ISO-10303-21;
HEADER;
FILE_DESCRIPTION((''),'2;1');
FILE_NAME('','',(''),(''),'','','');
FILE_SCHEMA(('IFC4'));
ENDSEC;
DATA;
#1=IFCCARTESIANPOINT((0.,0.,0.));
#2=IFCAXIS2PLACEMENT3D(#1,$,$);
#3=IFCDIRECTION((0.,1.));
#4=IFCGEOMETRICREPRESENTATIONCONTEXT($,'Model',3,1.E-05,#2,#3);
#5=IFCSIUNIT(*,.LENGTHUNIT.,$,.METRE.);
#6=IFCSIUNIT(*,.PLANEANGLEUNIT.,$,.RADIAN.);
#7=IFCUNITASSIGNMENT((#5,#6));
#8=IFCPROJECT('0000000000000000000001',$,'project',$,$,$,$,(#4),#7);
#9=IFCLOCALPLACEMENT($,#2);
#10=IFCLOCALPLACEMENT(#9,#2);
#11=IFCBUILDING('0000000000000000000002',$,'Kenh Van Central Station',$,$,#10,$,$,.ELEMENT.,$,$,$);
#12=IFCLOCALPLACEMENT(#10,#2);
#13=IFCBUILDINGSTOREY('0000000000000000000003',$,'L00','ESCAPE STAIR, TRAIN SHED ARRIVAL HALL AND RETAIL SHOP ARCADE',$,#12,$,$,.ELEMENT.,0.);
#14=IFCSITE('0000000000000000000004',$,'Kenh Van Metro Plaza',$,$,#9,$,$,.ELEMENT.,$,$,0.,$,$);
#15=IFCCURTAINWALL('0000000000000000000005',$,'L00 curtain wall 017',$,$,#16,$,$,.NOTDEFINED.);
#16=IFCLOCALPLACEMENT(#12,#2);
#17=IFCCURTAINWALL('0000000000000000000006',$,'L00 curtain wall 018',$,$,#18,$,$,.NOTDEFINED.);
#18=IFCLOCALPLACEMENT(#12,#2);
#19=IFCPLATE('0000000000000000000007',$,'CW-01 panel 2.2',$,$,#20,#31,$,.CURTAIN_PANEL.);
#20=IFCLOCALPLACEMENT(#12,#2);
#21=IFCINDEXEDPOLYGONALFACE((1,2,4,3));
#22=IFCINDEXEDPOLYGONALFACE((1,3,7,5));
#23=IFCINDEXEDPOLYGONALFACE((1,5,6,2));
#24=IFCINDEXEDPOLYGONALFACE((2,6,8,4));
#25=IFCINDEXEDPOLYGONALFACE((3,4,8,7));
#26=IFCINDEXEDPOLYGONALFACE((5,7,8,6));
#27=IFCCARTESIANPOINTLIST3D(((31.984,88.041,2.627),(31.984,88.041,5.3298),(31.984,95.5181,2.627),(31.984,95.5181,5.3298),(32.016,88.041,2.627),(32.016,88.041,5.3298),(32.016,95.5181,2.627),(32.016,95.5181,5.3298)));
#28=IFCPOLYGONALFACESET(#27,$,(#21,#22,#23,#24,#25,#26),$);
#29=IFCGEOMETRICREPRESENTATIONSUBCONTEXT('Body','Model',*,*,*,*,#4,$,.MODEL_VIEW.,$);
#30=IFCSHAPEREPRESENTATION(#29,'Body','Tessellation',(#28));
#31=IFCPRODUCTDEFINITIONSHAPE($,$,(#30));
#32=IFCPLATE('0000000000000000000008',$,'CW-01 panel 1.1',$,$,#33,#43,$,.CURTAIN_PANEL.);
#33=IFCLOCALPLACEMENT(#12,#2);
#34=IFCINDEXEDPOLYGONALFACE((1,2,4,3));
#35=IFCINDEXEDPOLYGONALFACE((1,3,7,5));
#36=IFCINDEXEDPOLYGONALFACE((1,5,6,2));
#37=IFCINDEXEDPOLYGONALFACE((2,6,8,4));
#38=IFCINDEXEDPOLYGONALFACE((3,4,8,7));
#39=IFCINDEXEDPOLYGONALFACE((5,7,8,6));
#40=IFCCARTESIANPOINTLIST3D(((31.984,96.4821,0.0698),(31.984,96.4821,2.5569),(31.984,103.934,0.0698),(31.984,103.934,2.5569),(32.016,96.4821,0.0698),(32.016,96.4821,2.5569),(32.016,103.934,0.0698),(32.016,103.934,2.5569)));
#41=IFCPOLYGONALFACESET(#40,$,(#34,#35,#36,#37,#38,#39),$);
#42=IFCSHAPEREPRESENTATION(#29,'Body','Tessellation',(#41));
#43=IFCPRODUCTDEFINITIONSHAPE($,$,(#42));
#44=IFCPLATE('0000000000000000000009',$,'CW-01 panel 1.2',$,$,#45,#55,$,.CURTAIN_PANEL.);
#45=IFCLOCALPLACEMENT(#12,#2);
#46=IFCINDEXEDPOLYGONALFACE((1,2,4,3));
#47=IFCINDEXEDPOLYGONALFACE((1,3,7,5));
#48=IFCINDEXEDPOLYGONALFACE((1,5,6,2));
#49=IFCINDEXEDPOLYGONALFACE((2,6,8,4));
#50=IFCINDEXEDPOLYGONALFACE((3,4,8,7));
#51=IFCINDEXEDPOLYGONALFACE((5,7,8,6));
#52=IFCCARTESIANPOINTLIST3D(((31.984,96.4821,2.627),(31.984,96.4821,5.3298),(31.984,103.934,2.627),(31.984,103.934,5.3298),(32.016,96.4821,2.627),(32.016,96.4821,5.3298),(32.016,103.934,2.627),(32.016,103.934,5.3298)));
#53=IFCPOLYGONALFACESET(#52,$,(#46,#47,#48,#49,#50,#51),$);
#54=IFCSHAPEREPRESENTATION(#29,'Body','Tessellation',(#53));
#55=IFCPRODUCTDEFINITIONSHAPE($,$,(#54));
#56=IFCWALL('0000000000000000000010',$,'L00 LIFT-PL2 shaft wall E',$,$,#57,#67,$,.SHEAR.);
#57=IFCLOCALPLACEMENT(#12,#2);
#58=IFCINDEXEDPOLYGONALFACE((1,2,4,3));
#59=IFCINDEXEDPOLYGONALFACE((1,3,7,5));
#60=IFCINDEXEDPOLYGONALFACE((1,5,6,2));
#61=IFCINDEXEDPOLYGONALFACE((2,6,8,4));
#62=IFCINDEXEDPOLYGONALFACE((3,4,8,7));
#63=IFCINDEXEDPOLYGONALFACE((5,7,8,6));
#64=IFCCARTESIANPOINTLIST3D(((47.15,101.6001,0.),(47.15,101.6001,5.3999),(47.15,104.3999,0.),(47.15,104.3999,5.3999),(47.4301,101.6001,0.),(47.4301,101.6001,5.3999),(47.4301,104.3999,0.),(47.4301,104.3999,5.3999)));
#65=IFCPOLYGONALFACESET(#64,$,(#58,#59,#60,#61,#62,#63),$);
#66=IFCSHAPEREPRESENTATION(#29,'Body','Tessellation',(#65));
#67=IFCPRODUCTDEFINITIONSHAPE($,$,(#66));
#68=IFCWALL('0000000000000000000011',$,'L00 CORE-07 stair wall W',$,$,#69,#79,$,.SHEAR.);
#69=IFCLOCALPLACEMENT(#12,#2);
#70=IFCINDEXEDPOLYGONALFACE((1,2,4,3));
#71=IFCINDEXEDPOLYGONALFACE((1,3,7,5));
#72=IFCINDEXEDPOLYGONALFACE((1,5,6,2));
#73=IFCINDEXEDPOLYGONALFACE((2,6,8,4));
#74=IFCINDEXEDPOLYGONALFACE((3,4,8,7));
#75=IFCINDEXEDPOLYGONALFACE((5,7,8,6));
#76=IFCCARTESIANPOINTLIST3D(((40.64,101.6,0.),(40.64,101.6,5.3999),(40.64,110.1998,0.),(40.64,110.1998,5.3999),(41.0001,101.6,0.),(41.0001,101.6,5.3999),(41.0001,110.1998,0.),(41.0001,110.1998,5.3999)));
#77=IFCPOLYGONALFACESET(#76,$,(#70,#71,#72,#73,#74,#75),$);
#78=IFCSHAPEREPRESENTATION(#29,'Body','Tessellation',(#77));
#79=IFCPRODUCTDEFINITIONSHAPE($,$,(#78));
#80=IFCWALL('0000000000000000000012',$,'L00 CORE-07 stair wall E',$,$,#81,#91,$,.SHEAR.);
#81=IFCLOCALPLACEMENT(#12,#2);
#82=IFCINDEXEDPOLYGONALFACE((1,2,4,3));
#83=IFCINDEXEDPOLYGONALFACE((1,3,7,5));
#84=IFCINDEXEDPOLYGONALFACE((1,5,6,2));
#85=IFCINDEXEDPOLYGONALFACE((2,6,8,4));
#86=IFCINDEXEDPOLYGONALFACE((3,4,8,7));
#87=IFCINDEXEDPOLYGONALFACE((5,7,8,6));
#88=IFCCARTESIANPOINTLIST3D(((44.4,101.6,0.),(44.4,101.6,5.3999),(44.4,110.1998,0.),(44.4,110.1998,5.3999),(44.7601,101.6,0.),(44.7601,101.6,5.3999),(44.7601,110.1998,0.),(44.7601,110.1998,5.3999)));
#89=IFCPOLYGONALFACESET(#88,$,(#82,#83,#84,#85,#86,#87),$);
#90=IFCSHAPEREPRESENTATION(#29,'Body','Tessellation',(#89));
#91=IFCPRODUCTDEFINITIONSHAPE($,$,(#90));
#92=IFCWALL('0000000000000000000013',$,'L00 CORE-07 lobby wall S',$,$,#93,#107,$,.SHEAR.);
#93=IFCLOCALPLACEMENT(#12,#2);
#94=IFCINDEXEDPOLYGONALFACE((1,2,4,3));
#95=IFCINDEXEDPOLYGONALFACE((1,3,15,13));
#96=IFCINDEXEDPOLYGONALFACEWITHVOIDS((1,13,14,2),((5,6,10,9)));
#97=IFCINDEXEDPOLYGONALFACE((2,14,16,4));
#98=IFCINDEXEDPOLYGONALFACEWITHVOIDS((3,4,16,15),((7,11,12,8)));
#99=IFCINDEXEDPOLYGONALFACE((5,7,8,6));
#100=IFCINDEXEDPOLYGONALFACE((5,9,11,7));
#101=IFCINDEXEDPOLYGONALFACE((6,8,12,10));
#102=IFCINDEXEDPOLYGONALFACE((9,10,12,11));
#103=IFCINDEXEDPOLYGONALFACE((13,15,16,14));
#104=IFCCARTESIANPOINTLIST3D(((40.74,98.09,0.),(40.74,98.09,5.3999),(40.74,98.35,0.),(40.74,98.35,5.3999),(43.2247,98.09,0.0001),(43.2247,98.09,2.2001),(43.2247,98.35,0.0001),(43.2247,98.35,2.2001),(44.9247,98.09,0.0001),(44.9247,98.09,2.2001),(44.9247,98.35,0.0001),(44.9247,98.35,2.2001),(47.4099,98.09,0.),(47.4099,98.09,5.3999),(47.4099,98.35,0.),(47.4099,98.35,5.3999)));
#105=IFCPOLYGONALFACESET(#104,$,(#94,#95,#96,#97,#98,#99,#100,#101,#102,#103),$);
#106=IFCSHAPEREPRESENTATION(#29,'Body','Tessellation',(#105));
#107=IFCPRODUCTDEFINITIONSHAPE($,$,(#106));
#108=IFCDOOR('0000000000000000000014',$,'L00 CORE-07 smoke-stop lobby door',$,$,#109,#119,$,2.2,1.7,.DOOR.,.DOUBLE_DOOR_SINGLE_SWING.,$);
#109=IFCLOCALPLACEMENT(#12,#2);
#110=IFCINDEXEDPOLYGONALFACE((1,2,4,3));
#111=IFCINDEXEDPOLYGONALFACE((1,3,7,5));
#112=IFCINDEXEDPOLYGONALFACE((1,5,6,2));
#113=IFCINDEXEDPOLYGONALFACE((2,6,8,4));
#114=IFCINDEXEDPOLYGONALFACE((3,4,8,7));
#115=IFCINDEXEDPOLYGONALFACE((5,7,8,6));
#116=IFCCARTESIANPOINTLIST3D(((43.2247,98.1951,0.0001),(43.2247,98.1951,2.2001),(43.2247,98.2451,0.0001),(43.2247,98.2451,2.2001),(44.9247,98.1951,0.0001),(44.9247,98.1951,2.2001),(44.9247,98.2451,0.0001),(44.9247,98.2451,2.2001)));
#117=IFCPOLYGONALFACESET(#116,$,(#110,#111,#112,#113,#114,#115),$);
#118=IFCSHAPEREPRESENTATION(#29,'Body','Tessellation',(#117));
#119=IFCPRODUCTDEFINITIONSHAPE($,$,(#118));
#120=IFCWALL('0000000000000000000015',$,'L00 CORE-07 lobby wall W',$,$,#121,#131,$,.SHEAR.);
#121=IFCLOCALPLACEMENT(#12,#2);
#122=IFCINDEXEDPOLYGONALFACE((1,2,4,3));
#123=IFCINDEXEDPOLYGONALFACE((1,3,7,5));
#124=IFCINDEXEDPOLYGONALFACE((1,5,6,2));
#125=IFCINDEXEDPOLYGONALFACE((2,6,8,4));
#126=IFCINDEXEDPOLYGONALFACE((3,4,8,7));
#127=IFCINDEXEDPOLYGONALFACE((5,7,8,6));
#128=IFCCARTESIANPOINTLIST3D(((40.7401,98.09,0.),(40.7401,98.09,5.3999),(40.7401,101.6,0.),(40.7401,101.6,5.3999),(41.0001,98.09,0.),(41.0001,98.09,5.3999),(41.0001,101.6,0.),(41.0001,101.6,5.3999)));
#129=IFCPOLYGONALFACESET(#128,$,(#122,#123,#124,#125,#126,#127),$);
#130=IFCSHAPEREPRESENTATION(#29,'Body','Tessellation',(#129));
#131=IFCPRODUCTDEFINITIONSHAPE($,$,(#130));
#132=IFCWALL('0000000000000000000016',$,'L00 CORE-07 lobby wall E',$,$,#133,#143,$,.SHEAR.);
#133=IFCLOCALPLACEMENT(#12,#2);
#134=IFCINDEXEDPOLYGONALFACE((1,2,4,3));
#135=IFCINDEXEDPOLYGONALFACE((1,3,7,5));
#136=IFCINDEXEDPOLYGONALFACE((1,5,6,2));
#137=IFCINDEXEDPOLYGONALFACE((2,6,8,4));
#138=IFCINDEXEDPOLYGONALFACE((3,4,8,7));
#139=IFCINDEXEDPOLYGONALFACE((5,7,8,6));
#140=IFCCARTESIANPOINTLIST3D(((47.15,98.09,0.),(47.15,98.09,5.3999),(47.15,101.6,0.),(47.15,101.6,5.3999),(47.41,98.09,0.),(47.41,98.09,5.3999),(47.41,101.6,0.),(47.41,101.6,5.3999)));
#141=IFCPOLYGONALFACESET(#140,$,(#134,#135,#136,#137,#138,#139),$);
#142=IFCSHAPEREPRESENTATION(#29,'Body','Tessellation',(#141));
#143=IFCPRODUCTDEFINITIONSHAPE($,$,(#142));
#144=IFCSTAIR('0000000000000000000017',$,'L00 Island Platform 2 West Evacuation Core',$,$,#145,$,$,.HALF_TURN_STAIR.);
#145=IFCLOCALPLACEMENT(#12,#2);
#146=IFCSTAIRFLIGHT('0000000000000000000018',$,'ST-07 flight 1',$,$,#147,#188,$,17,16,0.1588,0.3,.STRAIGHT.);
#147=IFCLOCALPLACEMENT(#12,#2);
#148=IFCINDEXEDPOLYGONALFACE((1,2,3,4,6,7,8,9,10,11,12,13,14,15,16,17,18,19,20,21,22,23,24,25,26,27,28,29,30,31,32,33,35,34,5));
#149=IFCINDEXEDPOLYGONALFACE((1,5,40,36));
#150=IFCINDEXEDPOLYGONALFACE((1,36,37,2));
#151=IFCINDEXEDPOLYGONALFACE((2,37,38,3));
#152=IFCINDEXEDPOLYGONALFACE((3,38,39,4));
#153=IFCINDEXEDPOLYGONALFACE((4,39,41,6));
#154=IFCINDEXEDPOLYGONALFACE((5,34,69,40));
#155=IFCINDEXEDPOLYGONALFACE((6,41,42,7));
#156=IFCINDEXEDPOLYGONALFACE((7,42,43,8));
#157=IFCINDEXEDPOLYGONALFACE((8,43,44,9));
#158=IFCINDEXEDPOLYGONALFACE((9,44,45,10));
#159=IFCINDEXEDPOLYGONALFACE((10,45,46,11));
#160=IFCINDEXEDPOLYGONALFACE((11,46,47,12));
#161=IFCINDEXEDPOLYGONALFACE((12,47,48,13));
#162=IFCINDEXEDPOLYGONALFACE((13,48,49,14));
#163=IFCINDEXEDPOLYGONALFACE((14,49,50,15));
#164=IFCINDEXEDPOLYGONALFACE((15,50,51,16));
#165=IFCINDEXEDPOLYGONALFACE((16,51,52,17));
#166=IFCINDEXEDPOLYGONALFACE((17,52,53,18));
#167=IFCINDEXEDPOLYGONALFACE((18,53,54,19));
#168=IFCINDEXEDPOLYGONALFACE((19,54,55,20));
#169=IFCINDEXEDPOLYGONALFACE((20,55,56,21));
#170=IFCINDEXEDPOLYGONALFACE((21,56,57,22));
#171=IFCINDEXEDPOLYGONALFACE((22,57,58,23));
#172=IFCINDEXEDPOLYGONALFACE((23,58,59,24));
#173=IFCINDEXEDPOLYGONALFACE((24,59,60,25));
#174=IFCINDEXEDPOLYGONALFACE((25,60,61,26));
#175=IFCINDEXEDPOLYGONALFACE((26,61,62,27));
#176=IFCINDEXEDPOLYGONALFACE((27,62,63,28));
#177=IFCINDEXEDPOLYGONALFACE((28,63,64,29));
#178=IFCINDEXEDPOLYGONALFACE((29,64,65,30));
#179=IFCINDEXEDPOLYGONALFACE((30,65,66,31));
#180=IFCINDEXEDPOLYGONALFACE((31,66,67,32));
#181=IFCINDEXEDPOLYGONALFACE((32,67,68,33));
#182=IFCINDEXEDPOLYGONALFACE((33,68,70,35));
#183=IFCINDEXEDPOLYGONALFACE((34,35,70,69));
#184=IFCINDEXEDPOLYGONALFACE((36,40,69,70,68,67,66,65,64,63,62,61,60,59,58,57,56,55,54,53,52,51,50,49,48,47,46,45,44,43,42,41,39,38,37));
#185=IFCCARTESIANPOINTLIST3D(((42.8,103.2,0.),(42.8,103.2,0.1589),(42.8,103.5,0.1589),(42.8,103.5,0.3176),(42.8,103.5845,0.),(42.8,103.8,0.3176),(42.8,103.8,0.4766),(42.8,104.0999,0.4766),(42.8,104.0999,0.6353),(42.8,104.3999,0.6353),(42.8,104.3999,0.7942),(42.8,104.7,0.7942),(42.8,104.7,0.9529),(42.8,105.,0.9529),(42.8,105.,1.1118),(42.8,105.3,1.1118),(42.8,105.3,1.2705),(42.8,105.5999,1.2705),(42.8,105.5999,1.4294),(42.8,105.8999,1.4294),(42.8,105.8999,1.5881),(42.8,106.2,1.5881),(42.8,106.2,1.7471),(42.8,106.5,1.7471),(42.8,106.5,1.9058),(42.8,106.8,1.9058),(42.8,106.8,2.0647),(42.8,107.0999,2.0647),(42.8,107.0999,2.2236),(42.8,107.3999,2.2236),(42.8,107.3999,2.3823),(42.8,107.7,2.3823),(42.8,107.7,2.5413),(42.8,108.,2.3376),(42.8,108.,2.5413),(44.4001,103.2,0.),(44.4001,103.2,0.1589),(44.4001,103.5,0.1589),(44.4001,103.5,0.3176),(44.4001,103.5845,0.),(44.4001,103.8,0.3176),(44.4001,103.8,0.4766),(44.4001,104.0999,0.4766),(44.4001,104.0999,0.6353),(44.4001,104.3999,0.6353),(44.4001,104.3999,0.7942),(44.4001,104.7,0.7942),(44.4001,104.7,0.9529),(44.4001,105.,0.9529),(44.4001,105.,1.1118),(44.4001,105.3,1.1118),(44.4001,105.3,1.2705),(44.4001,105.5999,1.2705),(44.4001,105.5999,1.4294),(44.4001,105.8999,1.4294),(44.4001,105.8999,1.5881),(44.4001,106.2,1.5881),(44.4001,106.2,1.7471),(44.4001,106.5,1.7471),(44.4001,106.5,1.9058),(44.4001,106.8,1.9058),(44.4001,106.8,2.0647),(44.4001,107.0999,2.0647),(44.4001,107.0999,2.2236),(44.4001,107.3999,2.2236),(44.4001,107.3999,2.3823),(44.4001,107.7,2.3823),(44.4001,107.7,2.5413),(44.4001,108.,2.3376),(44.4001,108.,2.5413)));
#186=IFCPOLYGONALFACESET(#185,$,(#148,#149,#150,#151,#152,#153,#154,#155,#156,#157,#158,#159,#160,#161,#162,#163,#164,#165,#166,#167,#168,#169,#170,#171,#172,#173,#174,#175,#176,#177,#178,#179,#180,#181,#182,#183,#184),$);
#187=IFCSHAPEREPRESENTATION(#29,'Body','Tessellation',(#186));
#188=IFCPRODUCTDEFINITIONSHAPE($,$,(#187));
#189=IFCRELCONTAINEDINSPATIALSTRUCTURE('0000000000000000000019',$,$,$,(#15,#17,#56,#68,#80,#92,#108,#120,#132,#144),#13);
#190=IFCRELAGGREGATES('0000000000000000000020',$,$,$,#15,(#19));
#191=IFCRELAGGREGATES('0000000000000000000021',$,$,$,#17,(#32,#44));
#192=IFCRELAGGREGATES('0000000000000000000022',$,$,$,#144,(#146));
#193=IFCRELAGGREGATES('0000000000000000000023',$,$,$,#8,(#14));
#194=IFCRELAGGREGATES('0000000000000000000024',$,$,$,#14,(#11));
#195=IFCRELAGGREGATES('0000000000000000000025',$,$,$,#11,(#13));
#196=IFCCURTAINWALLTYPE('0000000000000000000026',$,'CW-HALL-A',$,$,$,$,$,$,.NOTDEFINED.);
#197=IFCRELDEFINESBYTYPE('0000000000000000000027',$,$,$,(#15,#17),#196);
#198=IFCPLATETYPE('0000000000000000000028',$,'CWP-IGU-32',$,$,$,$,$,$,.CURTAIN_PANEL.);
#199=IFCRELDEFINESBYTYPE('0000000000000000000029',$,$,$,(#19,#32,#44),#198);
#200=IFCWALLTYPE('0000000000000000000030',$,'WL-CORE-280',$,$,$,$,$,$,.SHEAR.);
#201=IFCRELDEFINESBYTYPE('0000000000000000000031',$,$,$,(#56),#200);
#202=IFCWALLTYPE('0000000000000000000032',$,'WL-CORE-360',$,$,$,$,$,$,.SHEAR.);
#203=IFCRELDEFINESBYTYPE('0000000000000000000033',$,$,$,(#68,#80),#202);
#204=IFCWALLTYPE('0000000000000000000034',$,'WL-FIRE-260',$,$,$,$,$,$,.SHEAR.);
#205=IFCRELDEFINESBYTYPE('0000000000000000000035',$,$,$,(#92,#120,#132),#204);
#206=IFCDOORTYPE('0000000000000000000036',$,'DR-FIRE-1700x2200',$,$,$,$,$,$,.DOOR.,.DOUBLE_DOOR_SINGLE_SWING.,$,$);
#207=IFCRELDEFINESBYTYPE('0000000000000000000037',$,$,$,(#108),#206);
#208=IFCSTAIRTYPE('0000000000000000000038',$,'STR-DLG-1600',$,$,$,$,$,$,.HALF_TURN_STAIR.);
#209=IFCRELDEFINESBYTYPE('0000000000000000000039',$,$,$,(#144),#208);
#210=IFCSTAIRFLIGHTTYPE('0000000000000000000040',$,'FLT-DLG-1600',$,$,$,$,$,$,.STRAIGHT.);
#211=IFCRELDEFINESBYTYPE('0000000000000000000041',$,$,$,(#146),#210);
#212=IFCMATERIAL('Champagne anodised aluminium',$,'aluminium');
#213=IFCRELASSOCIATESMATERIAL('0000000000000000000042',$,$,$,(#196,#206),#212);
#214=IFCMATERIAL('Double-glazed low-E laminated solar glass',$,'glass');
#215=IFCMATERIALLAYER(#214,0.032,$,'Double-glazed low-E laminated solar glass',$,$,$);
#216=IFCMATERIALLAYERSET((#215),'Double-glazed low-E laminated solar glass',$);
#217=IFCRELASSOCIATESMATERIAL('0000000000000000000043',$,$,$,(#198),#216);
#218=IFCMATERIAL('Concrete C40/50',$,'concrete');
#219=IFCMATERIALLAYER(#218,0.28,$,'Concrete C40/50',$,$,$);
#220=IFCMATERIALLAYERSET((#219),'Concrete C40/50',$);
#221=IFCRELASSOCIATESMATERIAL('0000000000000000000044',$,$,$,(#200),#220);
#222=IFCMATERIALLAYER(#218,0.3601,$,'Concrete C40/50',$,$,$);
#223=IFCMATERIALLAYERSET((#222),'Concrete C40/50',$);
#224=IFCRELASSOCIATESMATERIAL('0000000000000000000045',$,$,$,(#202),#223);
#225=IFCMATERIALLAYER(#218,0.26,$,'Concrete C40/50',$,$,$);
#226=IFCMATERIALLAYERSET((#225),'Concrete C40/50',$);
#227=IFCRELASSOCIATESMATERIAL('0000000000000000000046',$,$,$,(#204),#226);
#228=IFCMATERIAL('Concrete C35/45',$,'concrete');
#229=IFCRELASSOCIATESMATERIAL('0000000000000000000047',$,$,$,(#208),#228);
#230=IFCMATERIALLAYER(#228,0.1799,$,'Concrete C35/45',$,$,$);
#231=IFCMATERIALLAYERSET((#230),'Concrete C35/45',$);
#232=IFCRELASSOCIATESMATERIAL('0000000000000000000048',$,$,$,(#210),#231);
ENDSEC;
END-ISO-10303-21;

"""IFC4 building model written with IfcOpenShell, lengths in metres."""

from ifc_helpers import new_model, si_unit, direction, frame, frame_2d, origin, origin_2d, place, context, subcontext, project, spatial, polyline, rectangle, outline, extrude, material, layer, layer_set, type_object, element, fill, aggregate, save


model = new_model("IFC4")

# Units and contexts
model_context = context("Model", 3, precision=1e-05, world=origin(), true_north=direction((0.0, 1.0)))
body_context = subcontext(model_context, "Body", "Model", "MODEL_VIEW")
ifc_project = project(units=[si_unit("LENGTHUNIT", "METRE"), si_unit("PLANEANGLEUNIT", "RADIAN")], contexts=[model_context])

# Site, building, storey
site_placement = place(None, origin())
site = spatial("IfcSite", under=ifc_project, at=site_placement, Name="Kenh Van Metro Plaza", CompositionType="ELEMENT", RefElevation=0.0)
building_placement = place(site_placement, origin())
building = spatial("IfcBuilding", under=site, at=building_placement, Name="Kenh Van Central Station", CompositionType="ELEMENT")
storey_placement = place(building_placement, origin())
storey = spatial("IfcBuildingStorey", under=building, at=storey_placement, Name="L00", Description="ESCAPE STAIR, TRAIN SHED ARRIVAL HALL AND RETAIL SHOP ARCADE", CompositionType="ELEMENT", Elevation=0.0)

# Shared definitions
ifc_material_1 = material(Name="Concrete C40/50", Category="concrete")

# Curtain wall
ifc_material_2 = material(Name="Champagne anodised aluminium", Category="aluminium")
curtain_wall_type = type_object("IfcCurtainWallType", Name="CW-HALL-A", PredefinedType="NOTDEFINED", material=ifc_material_2)
curtain_wall_1_placement = place(storey_placement, origin())
curtain_wall_1 = element("IfcCurtainWall", 1, at=curtain_wall_1_placement, inside=storey, type_object=curtain_wall_type, Name="L00 curtain wall 017", PredefinedType="NOTDEFINED")

# Curtain wall
curtain_wall_2_placement = place(storey_placement, origin())
curtain_wall_2 = element("IfcCurtainWall", 2, at=curtain_wall_2_placement, inside=storey, type_object=curtain_wall_type, Name="L00 curtain wall 018", PredefinedType="NOTDEFINED")

# Plates
ifc_material_3 = material(Name="Double-glazed low-E laminated solar glass", Category="glass")
ifc_layer_1 = layer(ifc_material_3, 0.032, Name="Double-glazed low-E laminated solar glass")
ifc_layer_set_1 = layer_set([ifc_layer_1], Name="Double-glazed low-E laminated solar glass")
plate_type = type_object("IfcPlateType", Name="CWP-IGU-32", PredefinedType="CURTAIN_PANEL", material=ifc_layer_set_1)
plate_1_placement = place(storey_placement, frame((32.0, 91.7795, 2.627), z_axis=(0.0, 0.0, 1.0), x_axis=(0.0, 1.0, 0.0)))
plate_1 = element("IfcPlate", 3, at=plate_1_placement, type_object=plate_type, Name="CW-01 panel 2.2", PredefinedType="CURTAIN_PANEL", context=body_context, shape_type="SweptSolid", body=[
    extrude(rectangle(XDim=7.4771, YDim=0.032, at=origin_2d()), origin(), (0.0, 0.0, 1.0), 2.7029),
])
aggregate(curtain_wall_1, [plate_1])
plate_2_placement = place(storey_placement, frame((32.0, 100.208, 0.0698), z_axis=(0.0, 0.0, 1.0), x_axis=(0.0, 1.0, 0.0)))
plate_2 = element("IfcPlate", 4, at=plate_2_placement, type_object=plate_type, Name="CW-01 panel 1.1", PredefinedType="CURTAIN_PANEL", context=body_context, shape_type="SweptSolid", body=[
    extrude(rectangle(XDim=7.4519, YDim=0.032, at=origin_2d()), origin(), (0.0, 0.0, 1.0), 2.4871),
])
plate_3_placement = place(storey_placement, frame((32.0, 100.208, 2.627), z_axis=(0.0, 0.0, 1.0), x_axis=(0.0, 1.0, 0.0)))
plate_3 = element("IfcPlate", 5, at=plate_3_placement, type_object=plate_type, Name="CW-01 panel 1.2", PredefinedType="CURTAIN_PANEL", context=body_context, shape_type="SweptSolid", body=[
    extrude(rectangle(XDim=7.4519, YDim=0.032, at=origin_2d()), origin(), (0.0, 0.0, 1.0), 2.7029),
])
aggregate(curtain_wall_2, [plate_2, plate_3])

# Shared definitions
ifc_layer_2 = layer(ifc_material_1, 0.28, Name="Concrete C40/50")
ifc_layer_set_2 = layer_set([ifc_layer_2], Name="Concrete C40/50")
wall_type_1 = type_object("IfcWallType", Name="WL-CORE-280", PredefinedType="SHEAR", material=ifc_layer_set_2)

# Wall
wall_1_placement = place(storey_placement, frame((47.29, 101.6001, 0.0), z_axis=(0.0, 0.0, 1.0), x_axis=(0.0, 1.0, 0.0)))
element("IfcWall", 6, at=wall_1_placement, inside=storey, type_object=wall_type_1, Name="L00 LIFT-PL2 shaft wall E", PredefinedType="SHEAR", context=body_context, shape_type="SweptSolid", body=[
    extrude(rectangle(XDim=2.7998, YDim=0.28, at=frame_2d((1.3999, 0.0))), origin(), (0.0, 0.0, 1.0), 5.3999),
])

# Shared definitions
ifc_layer_3 = layer(ifc_material_1, 0.3601, Name="Concrete C40/50")
ifc_layer_set_3 = layer_set([ifc_layer_3], Name="Concrete C40/50")
wall_type_2 = type_object("IfcWallType", Name="WL-CORE-360", PredefinedType="SHEAR", material=ifc_layer_set_3)

# Walls
for number, where, z_axis, x_axis, name in (
    (7, (40.8201, 101.6001, 0.0), (0.0, 0.0, 1.0), (0.0, 1.0, 0.0), "L00 CORE-07 stair wall W"),
    (8, (44.5801, 101.6001, 0.0), (0.0, 0.0, 1.0), (0.0, 1.0, 0.0), "L00 CORE-07 stair wall E"),
):
    element("IfcWall", number, at=place(storey_placement, frame(where, z_axis=z_axis, x_axis=x_axis)), inside=storey, type_object=wall_type_2, Name=name, PredefinedType="SHEAR", context=body_context, shape_type="SweptSolid", body=[
        extrude(rectangle(XDim=8.5999, YDim=0.3601, at=frame_2d((4.2998, 0.0))), origin(), (0.0, 0.0, 1.0), 5.3999),
    ])

# Wall, opening, door
ifc_layer_4 = layer(ifc_material_1, 0.26, Name="Concrete C40/50")
ifc_layer_set_4 = layer_set([ifc_layer_4], Name="Concrete C40/50")
wall_type_3 = type_object("IfcWallType", Name="WL-FIRE-260", PredefinedType="SHEAR", material=ifc_layer_set_4)
wall_2_placement = place(storey_placement, frame((47.4099, 98.22, 0.0), z_axis=(0.0, 0.0, 1.0), x_axis=(-1.0, 0.0, 0.0)))
wall_2 = element("IfcWall", 9, at=wall_2_placement, inside=storey, type_object=wall_type_3, Name="L00 CORE-07 lobby wall S", PredefinedType="SHEAR", context=body_context, shape_type="SweptSolid", body=[
    extrude(rectangle(XDim=6.6699, YDim=0.26, at=frame_2d((3.335, 0.0))), origin(), (0.0, 0.0, 1.0), 5.3999),
])
opening_1_placement = place(wall_2_placement, frame((2.4851, 0.0, 0.0)))
opening_1 = element("IfcOpeningElement", 10, at=opening_1_placement, cuts=wall_2, PredefinedType="OPENING", context=body_context, shape_type="SweptSolid", body=[
    extrude(rectangle(XDim=1.7, YDim=2.2, at=frame_2d((0.8501, 1.1001))), frame((0.0, 0.1399, 0.0), z_axis=(0.0, -1.0, 0.0), x_axis=(1.0, 0.0, 0.0)), (0.0, 0.0, 1.0), 0.28),
])
door_type_1 = type_object("IfcDoorType", Name="DR-FIRE-1700x2200", OperationType="DOUBLE_DOOR_SINGLE_SWING", PredefinedType="DOOR", material=ifc_material_2)
door_1_placement = place(opening_1_placement, origin())
door_1 = element("IfcDoor", 11, at=door_1_placement, inside=storey, type_object=door_type_1, Name="L00 CORE-07 smoke-stop lobby door", OperationType="DOUBLE_DOOR_SINGLE_SWING", OverallHeight=2.2, OverallWidth=1.7, PredefinedType="DOOR", context=body_context, shape_type="SweptSolid", body=[
    extrude(rectangle(XDim=1.7, YDim=2.2, at=frame_2d((0.8501, 1.1001))), frame((0.0, 0.0249, 0.0), z_axis=(0.0, -1.0, 0.0), x_axis=(1.0, 0.0, 0.0)), (0.0, 0.0, 1.0), 0.05),
])
fill(opening_1, door_1)

# Walls
for number, where, z_axis, x_axis, name in (
    (12, (40.8701, 98.0901, 0.0), (0.0, 0.0, 1.0), (0.0, 1.0, 0.0), "L00 CORE-07 lobby wall W"),
    (13, (47.28, 98.0901, 0.0), (0.0, 0.0, 1.0), (0.0, 1.0, 0.0), "L00 CORE-07 lobby wall E"),
):
    element("IfcWall", number, at=place(storey_placement, frame(where, z_axis=z_axis, x_axis=x_axis)), inside=storey, type_object=wall_type_3, Name=name, PredefinedType="SHEAR", context=body_context, shape_type="SweptSolid", body=[
        extrude(rectangle(XDim=3.51, YDim=0.26, at=frame_2d((1.7549, 0.0))), origin(), (0.0, 0.0, 1.0), 5.3999),
    ])

# Stair, stair flight
ifc_material_4 = material(Name="Concrete C35/45", Category="concrete")
stair_type = type_object("IfcStairType", Name="STR-DLG-1600", PredefinedType="HALF_TURN_STAIR", material=ifc_material_4)
stair_placement = place(storey_placement, origin())
stair = element("IfcStair", 14, at=stair_placement, inside=storey, type_object=stair_type, Name="L00 Island Platform 2 West Evacuation Core", PredefinedType="HALF_TURN_STAIR")
ifc_layer_5 = layer(ifc_material_4, 0.1799, Name="Concrete C35/45")
ifc_layer_set_5 = layer_set([ifc_layer_5], Name="Concrete C35/45")
stair_flight_type = type_object("IfcStairFlightType", Name="FLT-DLG-1600", PredefinedType="STRAIGHT", material=ifc_layer_set_5)
stair_flight_placement = place(storey_placement, frame((43.6001, 103.2, 0.0), z_axis=(0.0, 0.0, 1.0), x_axis=(0.0, 1.0, 0.0)))
stair_flight = element("IfcStairFlight", 15, at=stair_flight_placement, type_object=stair_flight_type, Name="ST-07 flight 1", NumberOfRisers=17, NumberOfTreads=16, PredefinedType="STRAIGHT", RiserHeight=0.1588, TreadLength=0.3, context=body_context, shape_type="SweptSolid", body=[
    extrude(outline(polyline([(0.0, 0.0), (0.0, 0.1589), (0.3, 0.1589), (0.3, 0.3176), (0.6001, 0.3176), (0.6001, 0.4766), (0.8999, 0.4766), (0.8999, 0.6353), (1.2, 0.6353), (1.2, 0.7942), (1.5, 0.7942), (1.5, 0.9529), (1.8, 0.9529), (1.8, 1.1118), (2.1001, 1.1118), (2.1001, 1.2705), (2.3999, 1.2705), (2.3999, 1.4294), (2.7, 1.4294), (2.7, 1.5881), (3.0, 1.5881), (3.0, 1.7471), (3.3, 1.7471), (3.3, 1.9058), (3.6001, 1.9058), (3.6001, 2.0647), (3.8999, 2.0647), (3.8999, 2.2236), (4.2, 2.2236), (4.2, 2.3823), (4.5, 2.3823), (4.5, 2.5413), (4.8, 2.5413), (4.8, 2.7), (4.8, 2.3376), (0.3845, 0.0), (0.0, 0.0)])), frame((0.0, 0.8, 0.0), z_axis=(0.0, -1.0, 0.0), x_axis=(1.0, 0.0, 0.0)), (0.0, 0.0, 1.0), 1.6001),
])
aggregate(stair, [stair_flight])

save(model, "model.ifc")
